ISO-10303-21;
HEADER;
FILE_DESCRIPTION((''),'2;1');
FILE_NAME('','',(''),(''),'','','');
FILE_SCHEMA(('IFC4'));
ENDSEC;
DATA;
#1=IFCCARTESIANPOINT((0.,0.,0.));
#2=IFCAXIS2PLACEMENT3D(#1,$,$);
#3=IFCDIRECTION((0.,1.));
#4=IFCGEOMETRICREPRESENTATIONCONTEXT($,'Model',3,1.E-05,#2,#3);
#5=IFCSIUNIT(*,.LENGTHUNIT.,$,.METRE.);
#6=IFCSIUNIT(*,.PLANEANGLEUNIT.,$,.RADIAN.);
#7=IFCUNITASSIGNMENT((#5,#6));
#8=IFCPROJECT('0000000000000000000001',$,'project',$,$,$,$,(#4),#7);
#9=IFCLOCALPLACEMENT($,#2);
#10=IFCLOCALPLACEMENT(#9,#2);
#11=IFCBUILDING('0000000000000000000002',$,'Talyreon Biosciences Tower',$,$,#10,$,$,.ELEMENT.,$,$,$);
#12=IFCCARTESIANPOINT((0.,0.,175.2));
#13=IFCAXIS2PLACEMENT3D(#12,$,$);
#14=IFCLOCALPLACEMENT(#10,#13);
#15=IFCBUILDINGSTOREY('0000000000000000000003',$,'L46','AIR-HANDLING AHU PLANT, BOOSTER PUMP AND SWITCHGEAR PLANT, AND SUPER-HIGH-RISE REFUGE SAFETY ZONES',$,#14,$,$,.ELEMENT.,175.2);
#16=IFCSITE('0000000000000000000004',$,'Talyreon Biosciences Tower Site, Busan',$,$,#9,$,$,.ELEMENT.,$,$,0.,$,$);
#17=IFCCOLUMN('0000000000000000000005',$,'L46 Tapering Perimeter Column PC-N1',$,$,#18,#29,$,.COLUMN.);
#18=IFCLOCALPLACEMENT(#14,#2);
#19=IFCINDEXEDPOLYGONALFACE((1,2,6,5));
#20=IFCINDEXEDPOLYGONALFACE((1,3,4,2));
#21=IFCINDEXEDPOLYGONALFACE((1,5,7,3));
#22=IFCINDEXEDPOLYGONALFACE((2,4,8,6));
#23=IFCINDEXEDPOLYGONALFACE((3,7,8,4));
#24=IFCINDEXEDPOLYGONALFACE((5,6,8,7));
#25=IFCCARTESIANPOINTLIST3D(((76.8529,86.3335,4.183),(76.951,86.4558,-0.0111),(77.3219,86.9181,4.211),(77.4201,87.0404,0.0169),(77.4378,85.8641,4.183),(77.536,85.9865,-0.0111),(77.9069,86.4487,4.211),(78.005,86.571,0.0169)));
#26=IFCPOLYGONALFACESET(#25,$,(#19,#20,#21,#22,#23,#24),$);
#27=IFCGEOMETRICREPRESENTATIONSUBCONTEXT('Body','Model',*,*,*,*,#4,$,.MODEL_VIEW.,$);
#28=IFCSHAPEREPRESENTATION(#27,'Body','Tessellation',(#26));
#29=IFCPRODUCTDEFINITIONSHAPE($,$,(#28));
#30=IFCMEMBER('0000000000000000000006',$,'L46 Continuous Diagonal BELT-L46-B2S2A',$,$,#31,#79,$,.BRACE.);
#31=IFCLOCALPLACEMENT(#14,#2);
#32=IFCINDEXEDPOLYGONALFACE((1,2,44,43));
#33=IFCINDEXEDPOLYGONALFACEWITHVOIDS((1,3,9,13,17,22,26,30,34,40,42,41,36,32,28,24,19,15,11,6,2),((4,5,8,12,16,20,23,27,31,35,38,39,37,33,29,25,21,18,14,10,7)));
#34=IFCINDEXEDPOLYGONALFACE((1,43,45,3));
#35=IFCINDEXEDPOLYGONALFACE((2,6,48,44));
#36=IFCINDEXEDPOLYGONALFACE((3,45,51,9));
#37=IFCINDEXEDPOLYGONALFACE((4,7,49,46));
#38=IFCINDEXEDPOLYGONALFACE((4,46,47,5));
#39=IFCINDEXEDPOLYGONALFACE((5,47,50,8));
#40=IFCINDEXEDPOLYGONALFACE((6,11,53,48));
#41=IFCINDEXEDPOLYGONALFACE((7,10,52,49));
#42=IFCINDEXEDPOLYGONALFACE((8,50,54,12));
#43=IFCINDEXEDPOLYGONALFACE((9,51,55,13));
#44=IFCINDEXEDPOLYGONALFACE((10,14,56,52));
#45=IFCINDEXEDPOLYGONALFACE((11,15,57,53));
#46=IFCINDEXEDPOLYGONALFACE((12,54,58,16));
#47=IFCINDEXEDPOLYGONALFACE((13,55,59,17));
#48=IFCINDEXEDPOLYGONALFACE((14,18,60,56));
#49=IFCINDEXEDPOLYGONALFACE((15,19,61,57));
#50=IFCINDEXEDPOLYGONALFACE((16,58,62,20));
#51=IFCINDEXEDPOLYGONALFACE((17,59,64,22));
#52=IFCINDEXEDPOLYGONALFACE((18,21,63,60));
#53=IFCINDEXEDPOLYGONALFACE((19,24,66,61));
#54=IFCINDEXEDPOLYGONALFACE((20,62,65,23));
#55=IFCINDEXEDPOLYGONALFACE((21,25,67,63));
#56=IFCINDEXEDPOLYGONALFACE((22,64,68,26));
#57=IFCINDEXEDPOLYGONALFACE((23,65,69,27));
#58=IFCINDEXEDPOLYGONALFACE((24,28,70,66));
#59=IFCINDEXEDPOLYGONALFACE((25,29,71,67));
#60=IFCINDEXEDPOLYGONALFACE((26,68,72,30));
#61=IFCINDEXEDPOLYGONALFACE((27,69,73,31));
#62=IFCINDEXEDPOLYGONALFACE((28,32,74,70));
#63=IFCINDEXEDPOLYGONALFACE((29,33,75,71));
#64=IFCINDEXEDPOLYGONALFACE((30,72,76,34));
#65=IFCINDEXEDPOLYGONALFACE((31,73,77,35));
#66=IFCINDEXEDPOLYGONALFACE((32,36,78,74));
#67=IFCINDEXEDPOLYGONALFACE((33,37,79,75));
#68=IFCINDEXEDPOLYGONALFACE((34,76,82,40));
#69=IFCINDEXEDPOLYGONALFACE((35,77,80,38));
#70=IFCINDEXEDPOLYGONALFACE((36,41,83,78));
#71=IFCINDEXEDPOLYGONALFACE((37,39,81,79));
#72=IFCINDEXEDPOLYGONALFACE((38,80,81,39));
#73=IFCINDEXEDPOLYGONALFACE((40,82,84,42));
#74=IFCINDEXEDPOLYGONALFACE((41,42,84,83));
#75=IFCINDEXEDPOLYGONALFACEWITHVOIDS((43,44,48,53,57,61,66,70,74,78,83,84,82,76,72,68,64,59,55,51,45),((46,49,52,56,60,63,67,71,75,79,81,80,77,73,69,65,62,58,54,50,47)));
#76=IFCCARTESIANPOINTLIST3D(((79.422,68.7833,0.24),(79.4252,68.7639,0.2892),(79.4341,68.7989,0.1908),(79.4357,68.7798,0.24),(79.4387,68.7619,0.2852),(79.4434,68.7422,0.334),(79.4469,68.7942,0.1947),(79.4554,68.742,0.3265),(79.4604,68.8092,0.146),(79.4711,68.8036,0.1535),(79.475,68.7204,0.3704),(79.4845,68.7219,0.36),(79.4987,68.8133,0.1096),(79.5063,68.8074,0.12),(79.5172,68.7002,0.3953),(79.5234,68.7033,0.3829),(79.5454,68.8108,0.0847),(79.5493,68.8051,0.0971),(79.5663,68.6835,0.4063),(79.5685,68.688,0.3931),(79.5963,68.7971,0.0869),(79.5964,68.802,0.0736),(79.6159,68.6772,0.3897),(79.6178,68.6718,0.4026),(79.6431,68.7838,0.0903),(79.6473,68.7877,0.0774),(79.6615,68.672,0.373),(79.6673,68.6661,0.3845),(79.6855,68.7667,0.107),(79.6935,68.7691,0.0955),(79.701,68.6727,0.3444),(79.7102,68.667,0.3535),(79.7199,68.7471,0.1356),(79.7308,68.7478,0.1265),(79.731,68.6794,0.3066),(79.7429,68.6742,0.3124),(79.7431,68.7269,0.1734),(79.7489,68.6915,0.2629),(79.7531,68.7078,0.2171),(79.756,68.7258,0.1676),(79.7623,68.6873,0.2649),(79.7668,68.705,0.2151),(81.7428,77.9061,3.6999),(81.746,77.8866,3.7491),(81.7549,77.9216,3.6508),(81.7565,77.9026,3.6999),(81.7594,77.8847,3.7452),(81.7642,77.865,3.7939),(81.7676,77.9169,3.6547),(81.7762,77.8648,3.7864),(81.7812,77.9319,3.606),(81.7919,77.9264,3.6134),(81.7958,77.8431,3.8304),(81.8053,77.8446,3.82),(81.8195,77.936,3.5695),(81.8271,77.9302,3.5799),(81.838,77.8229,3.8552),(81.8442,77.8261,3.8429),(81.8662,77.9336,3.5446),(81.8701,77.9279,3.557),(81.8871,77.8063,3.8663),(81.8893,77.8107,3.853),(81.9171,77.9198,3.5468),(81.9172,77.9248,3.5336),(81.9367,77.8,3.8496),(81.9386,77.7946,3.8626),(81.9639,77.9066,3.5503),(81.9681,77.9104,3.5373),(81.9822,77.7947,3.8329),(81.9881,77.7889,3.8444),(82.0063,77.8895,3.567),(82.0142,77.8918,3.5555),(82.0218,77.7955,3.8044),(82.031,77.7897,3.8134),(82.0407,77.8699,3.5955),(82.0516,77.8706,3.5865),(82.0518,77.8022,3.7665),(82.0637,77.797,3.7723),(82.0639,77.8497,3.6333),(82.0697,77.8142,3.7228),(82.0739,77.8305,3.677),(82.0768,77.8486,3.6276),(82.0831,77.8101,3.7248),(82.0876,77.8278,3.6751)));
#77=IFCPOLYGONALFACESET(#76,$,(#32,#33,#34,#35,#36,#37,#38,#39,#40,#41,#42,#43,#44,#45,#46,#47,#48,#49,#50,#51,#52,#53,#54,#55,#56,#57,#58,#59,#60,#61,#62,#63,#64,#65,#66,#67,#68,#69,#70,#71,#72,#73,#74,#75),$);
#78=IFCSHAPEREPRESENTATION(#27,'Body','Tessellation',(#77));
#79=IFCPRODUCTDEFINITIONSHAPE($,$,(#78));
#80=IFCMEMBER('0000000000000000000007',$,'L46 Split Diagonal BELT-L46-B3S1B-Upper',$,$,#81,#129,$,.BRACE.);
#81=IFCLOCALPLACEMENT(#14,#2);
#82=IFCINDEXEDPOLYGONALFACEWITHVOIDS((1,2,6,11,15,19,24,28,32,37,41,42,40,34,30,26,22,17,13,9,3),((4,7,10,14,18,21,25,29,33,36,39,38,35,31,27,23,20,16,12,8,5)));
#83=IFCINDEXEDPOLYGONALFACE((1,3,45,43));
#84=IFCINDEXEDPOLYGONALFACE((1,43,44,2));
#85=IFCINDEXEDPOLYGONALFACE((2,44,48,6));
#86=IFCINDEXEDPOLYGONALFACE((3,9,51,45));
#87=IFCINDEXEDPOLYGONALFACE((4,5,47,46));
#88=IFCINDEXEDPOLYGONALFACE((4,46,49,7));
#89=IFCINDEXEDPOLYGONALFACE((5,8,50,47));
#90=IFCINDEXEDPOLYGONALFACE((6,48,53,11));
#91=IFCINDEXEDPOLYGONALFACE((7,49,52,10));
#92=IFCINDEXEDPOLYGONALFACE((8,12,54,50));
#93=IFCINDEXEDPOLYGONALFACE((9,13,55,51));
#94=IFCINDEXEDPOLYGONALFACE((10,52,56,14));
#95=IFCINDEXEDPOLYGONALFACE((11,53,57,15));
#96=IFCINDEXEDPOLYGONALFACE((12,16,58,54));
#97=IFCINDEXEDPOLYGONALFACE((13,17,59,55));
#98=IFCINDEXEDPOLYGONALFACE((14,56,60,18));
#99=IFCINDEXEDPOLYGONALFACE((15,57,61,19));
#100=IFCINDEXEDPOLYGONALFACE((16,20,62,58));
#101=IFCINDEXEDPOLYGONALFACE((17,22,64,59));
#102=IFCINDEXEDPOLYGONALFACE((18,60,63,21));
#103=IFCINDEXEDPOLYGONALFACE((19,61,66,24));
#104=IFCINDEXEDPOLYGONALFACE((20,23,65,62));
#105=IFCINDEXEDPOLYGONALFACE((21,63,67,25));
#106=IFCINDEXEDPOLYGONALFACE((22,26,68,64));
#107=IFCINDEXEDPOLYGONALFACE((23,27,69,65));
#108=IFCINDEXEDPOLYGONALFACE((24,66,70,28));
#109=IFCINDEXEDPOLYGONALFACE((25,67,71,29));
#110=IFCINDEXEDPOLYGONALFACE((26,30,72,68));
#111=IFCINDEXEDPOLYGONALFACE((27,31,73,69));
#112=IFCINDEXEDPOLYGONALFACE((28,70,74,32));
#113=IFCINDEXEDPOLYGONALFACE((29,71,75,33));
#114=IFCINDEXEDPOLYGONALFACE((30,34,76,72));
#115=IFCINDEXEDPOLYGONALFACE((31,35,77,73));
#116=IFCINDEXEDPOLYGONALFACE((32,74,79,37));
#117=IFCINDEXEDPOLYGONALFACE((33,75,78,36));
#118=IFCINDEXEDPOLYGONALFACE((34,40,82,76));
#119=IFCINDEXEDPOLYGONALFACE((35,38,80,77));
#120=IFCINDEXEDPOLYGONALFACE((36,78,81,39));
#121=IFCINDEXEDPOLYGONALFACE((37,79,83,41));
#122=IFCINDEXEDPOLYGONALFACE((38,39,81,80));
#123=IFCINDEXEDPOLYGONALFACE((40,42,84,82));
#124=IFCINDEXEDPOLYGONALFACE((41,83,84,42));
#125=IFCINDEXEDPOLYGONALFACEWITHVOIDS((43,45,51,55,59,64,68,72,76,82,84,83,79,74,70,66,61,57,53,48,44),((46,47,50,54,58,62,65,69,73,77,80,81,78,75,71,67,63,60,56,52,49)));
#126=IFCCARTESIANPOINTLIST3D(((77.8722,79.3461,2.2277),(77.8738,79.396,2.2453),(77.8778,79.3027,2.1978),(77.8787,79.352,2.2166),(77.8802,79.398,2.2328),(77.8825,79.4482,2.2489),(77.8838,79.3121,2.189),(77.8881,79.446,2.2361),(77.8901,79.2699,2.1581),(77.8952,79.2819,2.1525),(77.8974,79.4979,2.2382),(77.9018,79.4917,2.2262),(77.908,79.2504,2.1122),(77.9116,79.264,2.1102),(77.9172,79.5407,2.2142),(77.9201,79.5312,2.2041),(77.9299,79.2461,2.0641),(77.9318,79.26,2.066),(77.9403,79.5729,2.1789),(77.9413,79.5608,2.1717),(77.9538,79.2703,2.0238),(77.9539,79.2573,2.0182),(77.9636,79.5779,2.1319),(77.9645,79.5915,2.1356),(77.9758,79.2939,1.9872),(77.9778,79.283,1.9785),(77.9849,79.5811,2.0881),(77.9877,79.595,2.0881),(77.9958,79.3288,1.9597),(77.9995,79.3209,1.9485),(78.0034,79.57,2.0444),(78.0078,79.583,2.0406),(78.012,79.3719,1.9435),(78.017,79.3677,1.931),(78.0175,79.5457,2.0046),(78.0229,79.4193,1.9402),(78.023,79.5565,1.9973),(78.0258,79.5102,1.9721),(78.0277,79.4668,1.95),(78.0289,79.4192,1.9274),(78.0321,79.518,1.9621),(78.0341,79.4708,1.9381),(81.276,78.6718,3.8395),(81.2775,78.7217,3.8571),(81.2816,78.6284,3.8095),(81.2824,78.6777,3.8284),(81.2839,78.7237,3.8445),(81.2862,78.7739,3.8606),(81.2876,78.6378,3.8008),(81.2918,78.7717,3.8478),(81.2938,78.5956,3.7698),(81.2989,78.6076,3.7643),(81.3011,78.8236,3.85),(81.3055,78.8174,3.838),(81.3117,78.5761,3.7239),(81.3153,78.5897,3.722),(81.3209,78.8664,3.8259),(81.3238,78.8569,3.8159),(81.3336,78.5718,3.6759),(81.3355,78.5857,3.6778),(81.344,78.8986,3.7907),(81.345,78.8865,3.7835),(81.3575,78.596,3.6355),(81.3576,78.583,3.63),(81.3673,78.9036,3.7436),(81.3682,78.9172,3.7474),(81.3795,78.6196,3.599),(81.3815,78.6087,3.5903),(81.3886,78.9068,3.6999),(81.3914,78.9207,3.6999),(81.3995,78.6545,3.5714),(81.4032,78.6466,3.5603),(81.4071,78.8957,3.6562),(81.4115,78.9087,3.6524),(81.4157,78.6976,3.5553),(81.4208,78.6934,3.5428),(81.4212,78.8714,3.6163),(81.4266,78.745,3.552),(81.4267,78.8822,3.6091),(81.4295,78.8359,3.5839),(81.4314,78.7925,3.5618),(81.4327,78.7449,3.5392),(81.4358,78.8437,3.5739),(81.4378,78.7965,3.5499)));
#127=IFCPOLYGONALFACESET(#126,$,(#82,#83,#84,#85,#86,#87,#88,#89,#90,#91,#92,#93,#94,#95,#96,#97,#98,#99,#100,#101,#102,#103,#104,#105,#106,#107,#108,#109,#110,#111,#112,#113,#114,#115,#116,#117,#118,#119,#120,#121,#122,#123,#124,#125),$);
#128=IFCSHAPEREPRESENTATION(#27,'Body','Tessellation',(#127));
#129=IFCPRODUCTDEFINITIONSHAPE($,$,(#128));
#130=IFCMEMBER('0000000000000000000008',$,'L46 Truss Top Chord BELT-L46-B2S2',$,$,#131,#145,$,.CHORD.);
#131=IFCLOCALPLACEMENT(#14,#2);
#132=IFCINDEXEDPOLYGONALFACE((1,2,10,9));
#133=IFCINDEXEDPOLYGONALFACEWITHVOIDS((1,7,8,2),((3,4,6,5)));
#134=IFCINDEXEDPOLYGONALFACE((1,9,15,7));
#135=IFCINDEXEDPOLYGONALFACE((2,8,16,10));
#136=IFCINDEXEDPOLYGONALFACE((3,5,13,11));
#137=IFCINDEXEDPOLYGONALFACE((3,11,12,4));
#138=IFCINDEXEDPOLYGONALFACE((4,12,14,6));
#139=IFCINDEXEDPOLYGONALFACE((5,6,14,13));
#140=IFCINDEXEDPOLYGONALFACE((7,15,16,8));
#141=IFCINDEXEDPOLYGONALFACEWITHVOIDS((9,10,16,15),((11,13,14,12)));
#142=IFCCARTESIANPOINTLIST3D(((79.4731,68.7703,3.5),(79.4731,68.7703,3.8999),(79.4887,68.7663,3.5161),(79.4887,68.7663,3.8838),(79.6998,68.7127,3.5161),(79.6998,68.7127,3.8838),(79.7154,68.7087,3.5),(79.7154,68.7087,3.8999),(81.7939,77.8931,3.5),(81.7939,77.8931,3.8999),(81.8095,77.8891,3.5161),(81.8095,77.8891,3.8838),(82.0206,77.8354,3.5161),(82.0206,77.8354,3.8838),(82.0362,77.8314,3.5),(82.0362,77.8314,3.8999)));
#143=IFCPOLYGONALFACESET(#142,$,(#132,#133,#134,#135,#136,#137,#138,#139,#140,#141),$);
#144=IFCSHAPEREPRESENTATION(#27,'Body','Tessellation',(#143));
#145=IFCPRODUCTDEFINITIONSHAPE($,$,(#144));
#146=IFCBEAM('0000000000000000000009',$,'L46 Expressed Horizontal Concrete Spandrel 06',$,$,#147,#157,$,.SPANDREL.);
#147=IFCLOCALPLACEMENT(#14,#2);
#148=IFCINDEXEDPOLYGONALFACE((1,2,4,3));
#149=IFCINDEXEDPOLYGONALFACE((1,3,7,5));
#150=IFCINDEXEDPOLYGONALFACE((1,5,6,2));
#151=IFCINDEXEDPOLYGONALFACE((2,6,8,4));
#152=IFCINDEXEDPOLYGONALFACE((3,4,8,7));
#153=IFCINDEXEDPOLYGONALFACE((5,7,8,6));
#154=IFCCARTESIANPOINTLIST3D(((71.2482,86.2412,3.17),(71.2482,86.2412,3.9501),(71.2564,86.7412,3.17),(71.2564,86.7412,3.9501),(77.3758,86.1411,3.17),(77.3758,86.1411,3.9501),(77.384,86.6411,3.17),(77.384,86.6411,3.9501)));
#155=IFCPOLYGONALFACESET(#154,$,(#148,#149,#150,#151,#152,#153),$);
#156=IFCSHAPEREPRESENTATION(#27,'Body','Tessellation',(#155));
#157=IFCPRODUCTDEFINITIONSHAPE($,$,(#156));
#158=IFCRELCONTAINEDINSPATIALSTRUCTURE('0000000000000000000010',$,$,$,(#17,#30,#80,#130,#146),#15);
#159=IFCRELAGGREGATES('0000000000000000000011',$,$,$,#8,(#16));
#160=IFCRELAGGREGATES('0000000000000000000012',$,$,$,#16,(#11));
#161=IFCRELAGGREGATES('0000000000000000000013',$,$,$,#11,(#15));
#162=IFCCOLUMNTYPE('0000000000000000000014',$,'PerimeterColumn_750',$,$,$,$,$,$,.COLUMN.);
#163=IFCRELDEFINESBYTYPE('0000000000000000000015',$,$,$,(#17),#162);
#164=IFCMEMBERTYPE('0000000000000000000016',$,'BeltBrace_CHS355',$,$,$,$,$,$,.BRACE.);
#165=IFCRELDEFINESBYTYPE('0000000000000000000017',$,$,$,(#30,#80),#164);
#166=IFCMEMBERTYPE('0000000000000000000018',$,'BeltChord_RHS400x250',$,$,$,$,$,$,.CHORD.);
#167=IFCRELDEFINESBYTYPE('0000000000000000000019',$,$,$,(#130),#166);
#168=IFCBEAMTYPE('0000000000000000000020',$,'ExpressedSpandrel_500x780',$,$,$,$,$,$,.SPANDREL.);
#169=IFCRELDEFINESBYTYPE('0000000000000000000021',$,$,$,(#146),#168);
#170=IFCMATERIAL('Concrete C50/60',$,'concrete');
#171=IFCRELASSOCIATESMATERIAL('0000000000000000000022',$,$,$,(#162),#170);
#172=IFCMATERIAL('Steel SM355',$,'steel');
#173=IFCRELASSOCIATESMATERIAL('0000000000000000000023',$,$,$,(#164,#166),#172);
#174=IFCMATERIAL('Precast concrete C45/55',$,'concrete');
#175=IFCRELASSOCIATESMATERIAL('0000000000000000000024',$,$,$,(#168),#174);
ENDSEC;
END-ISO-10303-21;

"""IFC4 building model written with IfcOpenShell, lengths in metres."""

from ifc_helpers import new_model, si_unit, direction, frame, origin, origin_2d, place, context, subcontext, project, spatial, rectangle, hollow_rectangle, hollow_circle, extrude, material, material_profile, profile_set, type_object, element, save


model = new_model("IFC4")

# Units and contexts
model_context = context("Model", 3, precision=1e-05, world=origin(), true_north=direction((0.0, 1.0)))
body_context = subcontext(model_context, "Body", "Model", "MODEL_VIEW")
ifc_project = project(units=[si_unit("LENGTHUNIT", "METRE"), si_unit("PLANEANGLEUNIT", "RADIAN")], contexts=[model_context])

# Site, building, storey
site_placement = place(None, origin())
site = spatial("IfcSite", under=ifc_project, at=site_placement, Name="Talyreon Biosciences Tower Site, Busan", CompositionType="ELEMENT", RefElevation=0.0)
building_placement = place(site_placement, origin())
building = spatial("IfcBuilding", under=site, at=building_placement, Name="Talyreon Biosciences Tower", CompositionType="ELEMENT")
storey_placement = place(building_placement, frame((0.0, 0.0, 175.2)))
storey = spatial("IfcBuildingStorey", under=building, at=storey_placement, Name="L46", Description="AIR-HANDLING AHU PLANT, BOOSTER PUMP AND SWITCHGEAR PLANT, AND SUPER-HIGH-RISE REFUGE SAFETY ZONES", CompositionType="ELEMENT", Elevation=175.2)

# Column
ifc_material_1 = material(Name="Concrete C50/60", Category="concrete")
ifc_material_profile_1 = material_profile(ifc_material_1, rectangle(XDim=0.75, YDim=0.75, at=origin_2d()), Name="RC 750x750")
ifc_profile_set_1 = profile_set([ifc_material_profile_1], Name="Concrete C50/60")
column_type = type_object("IfcColumnType", Name="PerimeterColumn_750", PredefinedType="COLUMN", material=ifc_profile_set_1)
column_placement = place(storey_placement, frame((77.478, 86.5134, 0.0029), z_axis=(-0.023384, -0.029143, 0.999302), x_axis=(-0.779957, 0.625834, 0.0)))
element("IfcColumn", 1, at=column_placement, inside=storey, type_object=column_type, Name="L46 Tapering Perimeter Column PC-N1", PredefinedType="COLUMN", context=body_context, shape_type="SweptSolid", body=[
    extrude(rectangle(XDim=0.75, YDim=0.75, at=origin_2d()), origin(), (0.0, 0.0, 1.0), 4.197),
])

# Members
ifc_material_2 = material(Name="Steel SM355", Category="steel")
ifc_material_profile_2 = material_profile(ifc_material_2, hollow_circle(Radius=0.1777, WallThickness=0.0142, at=origin_2d()), Name="CHS 355.6x14.2")
ifc_profile_set_2 = profile_set([ifc_material_profile_2], Name="Steel SM355")
member_type_1 = type_object("IfcMemberType", Name="BeltBrace_CHS355", PredefinedType="BRACE", material=ifc_profile_set_2)
member_1_placement = place(storey_placement, frame((79.5942, 68.7395, 0.24), z_axis=(0.231407, 0.909633, 0.344992), x_axis=(-0.969132, 0.246543, 0.0)))
element("IfcMember", 2, at=member_1_placement, inside=storey, type_object=member_type_1, Name="L46 Continuous Diagonal BELT-L46-B2S2A", PredefinedType="BRACE", context=body_context, shape_type="SweptSolid", body=[
    extrude(hollow_circle(Radius=0.1777, WallThickness=0.0142, at=origin_2d()), origin(), (0.0, 0.0, 1.0), 10.0291),
])
member_2_placement = place(storey_placement, frame((77.9531, 79.4207, 2.0881), z_axis=(0.889643, -0.176244, 0.421276), x_axis=(0.19433, 0.980936, 0.0)))
element("IfcMember", 3, at=member_2_placement, inside=storey, type_object=member_type_1, Name="L46 Split Diagonal BELT-L46-B3S1B-Upper", PredefinedType="BRACE", context=body_context, shape_type="SweptSolid", body=[
    extrude(hollow_circle(Radius=0.1777, WallThickness=0.0142, at=origin_2d()), origin(), (0.0, 0.0, 1.0), 3.8259),
])
ifc_material_profile_3 = material_profile(ifc_material_2, hollow_rectangle(XDim=0.25, YDim=0.3999, WallThickness=0.0161, at=origin_2d()), Name="RHS 400x250x16")
ifc_profile_set_3 = profile_set([ifc_material_profile_3], Name="Steel SM355")
member_type_2 = type_object("IfcMemberType", Name="BeltChord_RHS400x250", PredefinedType="CHORD", material=ifc_profile_set_3)
member_3_placement = place(storey_placement, frame((79.5942, 68.7395, 3.7), z_axis=(0.246543, 0.969132, 0.0), x_axis=(-0.969132, 0.246543, 0.0)))
element("IfcMember", 4, at=member_3_placement, inside=storey, type_object=member_type_2, Name="L46 Truss Top Chord BELT-L46-B2S2", PredefinedType="CHORD", context=body_context, shape_type="SweptSolid", body=[
    extrude(hollow_rectangle(XDim=0.25, YDim=0.3999, WallThickness=0.0161, at=origin_2d()), origin(), (0.0, 0.0, 1.0), 9.4133),
])

# Beam
ifc_material_3 = material(Name="Precast concrete C45/55", Category="concrete")
ifc_material_profile_4 = material_profile(ifc_material_3, rectangle(XDim=0.5, YDim=0.78, at=origin_2d()), Name="RCB 500x780")
ifc_profile_set_4 = profile_set([ifc_material_profile_4], Name="Precast concrete C45/55")
beam_type = type_object("IfcBeamType", Name="ExpressedSpandrel_500x780", PredefinedType="SPANDREL", material=ifc_profile_set_4)
beam_placement = place(storey_placement, frame((77.3799, 86.3911, 3.5601), z_axis=(-0.999867, 0.016333, 0.0), x_axis=(-0.016333, -0.999867, 0.0)))
element("IfcBeam", 5, at=beam_placement, inside=storey, type_object=beam_type, Name="L46 Expressed Horizontal Concrete Spandrel 06", PredefinedType="SPANDREL", context=body_context, shape_type="SweptSolid", body=[
    extrude(rectangle(XDim=0.5, YDim=0.78, at=origin_2d()), origin(), (0.0, 0.0, 1.0), 6.1284),
])

save(model, "model.ifc")
